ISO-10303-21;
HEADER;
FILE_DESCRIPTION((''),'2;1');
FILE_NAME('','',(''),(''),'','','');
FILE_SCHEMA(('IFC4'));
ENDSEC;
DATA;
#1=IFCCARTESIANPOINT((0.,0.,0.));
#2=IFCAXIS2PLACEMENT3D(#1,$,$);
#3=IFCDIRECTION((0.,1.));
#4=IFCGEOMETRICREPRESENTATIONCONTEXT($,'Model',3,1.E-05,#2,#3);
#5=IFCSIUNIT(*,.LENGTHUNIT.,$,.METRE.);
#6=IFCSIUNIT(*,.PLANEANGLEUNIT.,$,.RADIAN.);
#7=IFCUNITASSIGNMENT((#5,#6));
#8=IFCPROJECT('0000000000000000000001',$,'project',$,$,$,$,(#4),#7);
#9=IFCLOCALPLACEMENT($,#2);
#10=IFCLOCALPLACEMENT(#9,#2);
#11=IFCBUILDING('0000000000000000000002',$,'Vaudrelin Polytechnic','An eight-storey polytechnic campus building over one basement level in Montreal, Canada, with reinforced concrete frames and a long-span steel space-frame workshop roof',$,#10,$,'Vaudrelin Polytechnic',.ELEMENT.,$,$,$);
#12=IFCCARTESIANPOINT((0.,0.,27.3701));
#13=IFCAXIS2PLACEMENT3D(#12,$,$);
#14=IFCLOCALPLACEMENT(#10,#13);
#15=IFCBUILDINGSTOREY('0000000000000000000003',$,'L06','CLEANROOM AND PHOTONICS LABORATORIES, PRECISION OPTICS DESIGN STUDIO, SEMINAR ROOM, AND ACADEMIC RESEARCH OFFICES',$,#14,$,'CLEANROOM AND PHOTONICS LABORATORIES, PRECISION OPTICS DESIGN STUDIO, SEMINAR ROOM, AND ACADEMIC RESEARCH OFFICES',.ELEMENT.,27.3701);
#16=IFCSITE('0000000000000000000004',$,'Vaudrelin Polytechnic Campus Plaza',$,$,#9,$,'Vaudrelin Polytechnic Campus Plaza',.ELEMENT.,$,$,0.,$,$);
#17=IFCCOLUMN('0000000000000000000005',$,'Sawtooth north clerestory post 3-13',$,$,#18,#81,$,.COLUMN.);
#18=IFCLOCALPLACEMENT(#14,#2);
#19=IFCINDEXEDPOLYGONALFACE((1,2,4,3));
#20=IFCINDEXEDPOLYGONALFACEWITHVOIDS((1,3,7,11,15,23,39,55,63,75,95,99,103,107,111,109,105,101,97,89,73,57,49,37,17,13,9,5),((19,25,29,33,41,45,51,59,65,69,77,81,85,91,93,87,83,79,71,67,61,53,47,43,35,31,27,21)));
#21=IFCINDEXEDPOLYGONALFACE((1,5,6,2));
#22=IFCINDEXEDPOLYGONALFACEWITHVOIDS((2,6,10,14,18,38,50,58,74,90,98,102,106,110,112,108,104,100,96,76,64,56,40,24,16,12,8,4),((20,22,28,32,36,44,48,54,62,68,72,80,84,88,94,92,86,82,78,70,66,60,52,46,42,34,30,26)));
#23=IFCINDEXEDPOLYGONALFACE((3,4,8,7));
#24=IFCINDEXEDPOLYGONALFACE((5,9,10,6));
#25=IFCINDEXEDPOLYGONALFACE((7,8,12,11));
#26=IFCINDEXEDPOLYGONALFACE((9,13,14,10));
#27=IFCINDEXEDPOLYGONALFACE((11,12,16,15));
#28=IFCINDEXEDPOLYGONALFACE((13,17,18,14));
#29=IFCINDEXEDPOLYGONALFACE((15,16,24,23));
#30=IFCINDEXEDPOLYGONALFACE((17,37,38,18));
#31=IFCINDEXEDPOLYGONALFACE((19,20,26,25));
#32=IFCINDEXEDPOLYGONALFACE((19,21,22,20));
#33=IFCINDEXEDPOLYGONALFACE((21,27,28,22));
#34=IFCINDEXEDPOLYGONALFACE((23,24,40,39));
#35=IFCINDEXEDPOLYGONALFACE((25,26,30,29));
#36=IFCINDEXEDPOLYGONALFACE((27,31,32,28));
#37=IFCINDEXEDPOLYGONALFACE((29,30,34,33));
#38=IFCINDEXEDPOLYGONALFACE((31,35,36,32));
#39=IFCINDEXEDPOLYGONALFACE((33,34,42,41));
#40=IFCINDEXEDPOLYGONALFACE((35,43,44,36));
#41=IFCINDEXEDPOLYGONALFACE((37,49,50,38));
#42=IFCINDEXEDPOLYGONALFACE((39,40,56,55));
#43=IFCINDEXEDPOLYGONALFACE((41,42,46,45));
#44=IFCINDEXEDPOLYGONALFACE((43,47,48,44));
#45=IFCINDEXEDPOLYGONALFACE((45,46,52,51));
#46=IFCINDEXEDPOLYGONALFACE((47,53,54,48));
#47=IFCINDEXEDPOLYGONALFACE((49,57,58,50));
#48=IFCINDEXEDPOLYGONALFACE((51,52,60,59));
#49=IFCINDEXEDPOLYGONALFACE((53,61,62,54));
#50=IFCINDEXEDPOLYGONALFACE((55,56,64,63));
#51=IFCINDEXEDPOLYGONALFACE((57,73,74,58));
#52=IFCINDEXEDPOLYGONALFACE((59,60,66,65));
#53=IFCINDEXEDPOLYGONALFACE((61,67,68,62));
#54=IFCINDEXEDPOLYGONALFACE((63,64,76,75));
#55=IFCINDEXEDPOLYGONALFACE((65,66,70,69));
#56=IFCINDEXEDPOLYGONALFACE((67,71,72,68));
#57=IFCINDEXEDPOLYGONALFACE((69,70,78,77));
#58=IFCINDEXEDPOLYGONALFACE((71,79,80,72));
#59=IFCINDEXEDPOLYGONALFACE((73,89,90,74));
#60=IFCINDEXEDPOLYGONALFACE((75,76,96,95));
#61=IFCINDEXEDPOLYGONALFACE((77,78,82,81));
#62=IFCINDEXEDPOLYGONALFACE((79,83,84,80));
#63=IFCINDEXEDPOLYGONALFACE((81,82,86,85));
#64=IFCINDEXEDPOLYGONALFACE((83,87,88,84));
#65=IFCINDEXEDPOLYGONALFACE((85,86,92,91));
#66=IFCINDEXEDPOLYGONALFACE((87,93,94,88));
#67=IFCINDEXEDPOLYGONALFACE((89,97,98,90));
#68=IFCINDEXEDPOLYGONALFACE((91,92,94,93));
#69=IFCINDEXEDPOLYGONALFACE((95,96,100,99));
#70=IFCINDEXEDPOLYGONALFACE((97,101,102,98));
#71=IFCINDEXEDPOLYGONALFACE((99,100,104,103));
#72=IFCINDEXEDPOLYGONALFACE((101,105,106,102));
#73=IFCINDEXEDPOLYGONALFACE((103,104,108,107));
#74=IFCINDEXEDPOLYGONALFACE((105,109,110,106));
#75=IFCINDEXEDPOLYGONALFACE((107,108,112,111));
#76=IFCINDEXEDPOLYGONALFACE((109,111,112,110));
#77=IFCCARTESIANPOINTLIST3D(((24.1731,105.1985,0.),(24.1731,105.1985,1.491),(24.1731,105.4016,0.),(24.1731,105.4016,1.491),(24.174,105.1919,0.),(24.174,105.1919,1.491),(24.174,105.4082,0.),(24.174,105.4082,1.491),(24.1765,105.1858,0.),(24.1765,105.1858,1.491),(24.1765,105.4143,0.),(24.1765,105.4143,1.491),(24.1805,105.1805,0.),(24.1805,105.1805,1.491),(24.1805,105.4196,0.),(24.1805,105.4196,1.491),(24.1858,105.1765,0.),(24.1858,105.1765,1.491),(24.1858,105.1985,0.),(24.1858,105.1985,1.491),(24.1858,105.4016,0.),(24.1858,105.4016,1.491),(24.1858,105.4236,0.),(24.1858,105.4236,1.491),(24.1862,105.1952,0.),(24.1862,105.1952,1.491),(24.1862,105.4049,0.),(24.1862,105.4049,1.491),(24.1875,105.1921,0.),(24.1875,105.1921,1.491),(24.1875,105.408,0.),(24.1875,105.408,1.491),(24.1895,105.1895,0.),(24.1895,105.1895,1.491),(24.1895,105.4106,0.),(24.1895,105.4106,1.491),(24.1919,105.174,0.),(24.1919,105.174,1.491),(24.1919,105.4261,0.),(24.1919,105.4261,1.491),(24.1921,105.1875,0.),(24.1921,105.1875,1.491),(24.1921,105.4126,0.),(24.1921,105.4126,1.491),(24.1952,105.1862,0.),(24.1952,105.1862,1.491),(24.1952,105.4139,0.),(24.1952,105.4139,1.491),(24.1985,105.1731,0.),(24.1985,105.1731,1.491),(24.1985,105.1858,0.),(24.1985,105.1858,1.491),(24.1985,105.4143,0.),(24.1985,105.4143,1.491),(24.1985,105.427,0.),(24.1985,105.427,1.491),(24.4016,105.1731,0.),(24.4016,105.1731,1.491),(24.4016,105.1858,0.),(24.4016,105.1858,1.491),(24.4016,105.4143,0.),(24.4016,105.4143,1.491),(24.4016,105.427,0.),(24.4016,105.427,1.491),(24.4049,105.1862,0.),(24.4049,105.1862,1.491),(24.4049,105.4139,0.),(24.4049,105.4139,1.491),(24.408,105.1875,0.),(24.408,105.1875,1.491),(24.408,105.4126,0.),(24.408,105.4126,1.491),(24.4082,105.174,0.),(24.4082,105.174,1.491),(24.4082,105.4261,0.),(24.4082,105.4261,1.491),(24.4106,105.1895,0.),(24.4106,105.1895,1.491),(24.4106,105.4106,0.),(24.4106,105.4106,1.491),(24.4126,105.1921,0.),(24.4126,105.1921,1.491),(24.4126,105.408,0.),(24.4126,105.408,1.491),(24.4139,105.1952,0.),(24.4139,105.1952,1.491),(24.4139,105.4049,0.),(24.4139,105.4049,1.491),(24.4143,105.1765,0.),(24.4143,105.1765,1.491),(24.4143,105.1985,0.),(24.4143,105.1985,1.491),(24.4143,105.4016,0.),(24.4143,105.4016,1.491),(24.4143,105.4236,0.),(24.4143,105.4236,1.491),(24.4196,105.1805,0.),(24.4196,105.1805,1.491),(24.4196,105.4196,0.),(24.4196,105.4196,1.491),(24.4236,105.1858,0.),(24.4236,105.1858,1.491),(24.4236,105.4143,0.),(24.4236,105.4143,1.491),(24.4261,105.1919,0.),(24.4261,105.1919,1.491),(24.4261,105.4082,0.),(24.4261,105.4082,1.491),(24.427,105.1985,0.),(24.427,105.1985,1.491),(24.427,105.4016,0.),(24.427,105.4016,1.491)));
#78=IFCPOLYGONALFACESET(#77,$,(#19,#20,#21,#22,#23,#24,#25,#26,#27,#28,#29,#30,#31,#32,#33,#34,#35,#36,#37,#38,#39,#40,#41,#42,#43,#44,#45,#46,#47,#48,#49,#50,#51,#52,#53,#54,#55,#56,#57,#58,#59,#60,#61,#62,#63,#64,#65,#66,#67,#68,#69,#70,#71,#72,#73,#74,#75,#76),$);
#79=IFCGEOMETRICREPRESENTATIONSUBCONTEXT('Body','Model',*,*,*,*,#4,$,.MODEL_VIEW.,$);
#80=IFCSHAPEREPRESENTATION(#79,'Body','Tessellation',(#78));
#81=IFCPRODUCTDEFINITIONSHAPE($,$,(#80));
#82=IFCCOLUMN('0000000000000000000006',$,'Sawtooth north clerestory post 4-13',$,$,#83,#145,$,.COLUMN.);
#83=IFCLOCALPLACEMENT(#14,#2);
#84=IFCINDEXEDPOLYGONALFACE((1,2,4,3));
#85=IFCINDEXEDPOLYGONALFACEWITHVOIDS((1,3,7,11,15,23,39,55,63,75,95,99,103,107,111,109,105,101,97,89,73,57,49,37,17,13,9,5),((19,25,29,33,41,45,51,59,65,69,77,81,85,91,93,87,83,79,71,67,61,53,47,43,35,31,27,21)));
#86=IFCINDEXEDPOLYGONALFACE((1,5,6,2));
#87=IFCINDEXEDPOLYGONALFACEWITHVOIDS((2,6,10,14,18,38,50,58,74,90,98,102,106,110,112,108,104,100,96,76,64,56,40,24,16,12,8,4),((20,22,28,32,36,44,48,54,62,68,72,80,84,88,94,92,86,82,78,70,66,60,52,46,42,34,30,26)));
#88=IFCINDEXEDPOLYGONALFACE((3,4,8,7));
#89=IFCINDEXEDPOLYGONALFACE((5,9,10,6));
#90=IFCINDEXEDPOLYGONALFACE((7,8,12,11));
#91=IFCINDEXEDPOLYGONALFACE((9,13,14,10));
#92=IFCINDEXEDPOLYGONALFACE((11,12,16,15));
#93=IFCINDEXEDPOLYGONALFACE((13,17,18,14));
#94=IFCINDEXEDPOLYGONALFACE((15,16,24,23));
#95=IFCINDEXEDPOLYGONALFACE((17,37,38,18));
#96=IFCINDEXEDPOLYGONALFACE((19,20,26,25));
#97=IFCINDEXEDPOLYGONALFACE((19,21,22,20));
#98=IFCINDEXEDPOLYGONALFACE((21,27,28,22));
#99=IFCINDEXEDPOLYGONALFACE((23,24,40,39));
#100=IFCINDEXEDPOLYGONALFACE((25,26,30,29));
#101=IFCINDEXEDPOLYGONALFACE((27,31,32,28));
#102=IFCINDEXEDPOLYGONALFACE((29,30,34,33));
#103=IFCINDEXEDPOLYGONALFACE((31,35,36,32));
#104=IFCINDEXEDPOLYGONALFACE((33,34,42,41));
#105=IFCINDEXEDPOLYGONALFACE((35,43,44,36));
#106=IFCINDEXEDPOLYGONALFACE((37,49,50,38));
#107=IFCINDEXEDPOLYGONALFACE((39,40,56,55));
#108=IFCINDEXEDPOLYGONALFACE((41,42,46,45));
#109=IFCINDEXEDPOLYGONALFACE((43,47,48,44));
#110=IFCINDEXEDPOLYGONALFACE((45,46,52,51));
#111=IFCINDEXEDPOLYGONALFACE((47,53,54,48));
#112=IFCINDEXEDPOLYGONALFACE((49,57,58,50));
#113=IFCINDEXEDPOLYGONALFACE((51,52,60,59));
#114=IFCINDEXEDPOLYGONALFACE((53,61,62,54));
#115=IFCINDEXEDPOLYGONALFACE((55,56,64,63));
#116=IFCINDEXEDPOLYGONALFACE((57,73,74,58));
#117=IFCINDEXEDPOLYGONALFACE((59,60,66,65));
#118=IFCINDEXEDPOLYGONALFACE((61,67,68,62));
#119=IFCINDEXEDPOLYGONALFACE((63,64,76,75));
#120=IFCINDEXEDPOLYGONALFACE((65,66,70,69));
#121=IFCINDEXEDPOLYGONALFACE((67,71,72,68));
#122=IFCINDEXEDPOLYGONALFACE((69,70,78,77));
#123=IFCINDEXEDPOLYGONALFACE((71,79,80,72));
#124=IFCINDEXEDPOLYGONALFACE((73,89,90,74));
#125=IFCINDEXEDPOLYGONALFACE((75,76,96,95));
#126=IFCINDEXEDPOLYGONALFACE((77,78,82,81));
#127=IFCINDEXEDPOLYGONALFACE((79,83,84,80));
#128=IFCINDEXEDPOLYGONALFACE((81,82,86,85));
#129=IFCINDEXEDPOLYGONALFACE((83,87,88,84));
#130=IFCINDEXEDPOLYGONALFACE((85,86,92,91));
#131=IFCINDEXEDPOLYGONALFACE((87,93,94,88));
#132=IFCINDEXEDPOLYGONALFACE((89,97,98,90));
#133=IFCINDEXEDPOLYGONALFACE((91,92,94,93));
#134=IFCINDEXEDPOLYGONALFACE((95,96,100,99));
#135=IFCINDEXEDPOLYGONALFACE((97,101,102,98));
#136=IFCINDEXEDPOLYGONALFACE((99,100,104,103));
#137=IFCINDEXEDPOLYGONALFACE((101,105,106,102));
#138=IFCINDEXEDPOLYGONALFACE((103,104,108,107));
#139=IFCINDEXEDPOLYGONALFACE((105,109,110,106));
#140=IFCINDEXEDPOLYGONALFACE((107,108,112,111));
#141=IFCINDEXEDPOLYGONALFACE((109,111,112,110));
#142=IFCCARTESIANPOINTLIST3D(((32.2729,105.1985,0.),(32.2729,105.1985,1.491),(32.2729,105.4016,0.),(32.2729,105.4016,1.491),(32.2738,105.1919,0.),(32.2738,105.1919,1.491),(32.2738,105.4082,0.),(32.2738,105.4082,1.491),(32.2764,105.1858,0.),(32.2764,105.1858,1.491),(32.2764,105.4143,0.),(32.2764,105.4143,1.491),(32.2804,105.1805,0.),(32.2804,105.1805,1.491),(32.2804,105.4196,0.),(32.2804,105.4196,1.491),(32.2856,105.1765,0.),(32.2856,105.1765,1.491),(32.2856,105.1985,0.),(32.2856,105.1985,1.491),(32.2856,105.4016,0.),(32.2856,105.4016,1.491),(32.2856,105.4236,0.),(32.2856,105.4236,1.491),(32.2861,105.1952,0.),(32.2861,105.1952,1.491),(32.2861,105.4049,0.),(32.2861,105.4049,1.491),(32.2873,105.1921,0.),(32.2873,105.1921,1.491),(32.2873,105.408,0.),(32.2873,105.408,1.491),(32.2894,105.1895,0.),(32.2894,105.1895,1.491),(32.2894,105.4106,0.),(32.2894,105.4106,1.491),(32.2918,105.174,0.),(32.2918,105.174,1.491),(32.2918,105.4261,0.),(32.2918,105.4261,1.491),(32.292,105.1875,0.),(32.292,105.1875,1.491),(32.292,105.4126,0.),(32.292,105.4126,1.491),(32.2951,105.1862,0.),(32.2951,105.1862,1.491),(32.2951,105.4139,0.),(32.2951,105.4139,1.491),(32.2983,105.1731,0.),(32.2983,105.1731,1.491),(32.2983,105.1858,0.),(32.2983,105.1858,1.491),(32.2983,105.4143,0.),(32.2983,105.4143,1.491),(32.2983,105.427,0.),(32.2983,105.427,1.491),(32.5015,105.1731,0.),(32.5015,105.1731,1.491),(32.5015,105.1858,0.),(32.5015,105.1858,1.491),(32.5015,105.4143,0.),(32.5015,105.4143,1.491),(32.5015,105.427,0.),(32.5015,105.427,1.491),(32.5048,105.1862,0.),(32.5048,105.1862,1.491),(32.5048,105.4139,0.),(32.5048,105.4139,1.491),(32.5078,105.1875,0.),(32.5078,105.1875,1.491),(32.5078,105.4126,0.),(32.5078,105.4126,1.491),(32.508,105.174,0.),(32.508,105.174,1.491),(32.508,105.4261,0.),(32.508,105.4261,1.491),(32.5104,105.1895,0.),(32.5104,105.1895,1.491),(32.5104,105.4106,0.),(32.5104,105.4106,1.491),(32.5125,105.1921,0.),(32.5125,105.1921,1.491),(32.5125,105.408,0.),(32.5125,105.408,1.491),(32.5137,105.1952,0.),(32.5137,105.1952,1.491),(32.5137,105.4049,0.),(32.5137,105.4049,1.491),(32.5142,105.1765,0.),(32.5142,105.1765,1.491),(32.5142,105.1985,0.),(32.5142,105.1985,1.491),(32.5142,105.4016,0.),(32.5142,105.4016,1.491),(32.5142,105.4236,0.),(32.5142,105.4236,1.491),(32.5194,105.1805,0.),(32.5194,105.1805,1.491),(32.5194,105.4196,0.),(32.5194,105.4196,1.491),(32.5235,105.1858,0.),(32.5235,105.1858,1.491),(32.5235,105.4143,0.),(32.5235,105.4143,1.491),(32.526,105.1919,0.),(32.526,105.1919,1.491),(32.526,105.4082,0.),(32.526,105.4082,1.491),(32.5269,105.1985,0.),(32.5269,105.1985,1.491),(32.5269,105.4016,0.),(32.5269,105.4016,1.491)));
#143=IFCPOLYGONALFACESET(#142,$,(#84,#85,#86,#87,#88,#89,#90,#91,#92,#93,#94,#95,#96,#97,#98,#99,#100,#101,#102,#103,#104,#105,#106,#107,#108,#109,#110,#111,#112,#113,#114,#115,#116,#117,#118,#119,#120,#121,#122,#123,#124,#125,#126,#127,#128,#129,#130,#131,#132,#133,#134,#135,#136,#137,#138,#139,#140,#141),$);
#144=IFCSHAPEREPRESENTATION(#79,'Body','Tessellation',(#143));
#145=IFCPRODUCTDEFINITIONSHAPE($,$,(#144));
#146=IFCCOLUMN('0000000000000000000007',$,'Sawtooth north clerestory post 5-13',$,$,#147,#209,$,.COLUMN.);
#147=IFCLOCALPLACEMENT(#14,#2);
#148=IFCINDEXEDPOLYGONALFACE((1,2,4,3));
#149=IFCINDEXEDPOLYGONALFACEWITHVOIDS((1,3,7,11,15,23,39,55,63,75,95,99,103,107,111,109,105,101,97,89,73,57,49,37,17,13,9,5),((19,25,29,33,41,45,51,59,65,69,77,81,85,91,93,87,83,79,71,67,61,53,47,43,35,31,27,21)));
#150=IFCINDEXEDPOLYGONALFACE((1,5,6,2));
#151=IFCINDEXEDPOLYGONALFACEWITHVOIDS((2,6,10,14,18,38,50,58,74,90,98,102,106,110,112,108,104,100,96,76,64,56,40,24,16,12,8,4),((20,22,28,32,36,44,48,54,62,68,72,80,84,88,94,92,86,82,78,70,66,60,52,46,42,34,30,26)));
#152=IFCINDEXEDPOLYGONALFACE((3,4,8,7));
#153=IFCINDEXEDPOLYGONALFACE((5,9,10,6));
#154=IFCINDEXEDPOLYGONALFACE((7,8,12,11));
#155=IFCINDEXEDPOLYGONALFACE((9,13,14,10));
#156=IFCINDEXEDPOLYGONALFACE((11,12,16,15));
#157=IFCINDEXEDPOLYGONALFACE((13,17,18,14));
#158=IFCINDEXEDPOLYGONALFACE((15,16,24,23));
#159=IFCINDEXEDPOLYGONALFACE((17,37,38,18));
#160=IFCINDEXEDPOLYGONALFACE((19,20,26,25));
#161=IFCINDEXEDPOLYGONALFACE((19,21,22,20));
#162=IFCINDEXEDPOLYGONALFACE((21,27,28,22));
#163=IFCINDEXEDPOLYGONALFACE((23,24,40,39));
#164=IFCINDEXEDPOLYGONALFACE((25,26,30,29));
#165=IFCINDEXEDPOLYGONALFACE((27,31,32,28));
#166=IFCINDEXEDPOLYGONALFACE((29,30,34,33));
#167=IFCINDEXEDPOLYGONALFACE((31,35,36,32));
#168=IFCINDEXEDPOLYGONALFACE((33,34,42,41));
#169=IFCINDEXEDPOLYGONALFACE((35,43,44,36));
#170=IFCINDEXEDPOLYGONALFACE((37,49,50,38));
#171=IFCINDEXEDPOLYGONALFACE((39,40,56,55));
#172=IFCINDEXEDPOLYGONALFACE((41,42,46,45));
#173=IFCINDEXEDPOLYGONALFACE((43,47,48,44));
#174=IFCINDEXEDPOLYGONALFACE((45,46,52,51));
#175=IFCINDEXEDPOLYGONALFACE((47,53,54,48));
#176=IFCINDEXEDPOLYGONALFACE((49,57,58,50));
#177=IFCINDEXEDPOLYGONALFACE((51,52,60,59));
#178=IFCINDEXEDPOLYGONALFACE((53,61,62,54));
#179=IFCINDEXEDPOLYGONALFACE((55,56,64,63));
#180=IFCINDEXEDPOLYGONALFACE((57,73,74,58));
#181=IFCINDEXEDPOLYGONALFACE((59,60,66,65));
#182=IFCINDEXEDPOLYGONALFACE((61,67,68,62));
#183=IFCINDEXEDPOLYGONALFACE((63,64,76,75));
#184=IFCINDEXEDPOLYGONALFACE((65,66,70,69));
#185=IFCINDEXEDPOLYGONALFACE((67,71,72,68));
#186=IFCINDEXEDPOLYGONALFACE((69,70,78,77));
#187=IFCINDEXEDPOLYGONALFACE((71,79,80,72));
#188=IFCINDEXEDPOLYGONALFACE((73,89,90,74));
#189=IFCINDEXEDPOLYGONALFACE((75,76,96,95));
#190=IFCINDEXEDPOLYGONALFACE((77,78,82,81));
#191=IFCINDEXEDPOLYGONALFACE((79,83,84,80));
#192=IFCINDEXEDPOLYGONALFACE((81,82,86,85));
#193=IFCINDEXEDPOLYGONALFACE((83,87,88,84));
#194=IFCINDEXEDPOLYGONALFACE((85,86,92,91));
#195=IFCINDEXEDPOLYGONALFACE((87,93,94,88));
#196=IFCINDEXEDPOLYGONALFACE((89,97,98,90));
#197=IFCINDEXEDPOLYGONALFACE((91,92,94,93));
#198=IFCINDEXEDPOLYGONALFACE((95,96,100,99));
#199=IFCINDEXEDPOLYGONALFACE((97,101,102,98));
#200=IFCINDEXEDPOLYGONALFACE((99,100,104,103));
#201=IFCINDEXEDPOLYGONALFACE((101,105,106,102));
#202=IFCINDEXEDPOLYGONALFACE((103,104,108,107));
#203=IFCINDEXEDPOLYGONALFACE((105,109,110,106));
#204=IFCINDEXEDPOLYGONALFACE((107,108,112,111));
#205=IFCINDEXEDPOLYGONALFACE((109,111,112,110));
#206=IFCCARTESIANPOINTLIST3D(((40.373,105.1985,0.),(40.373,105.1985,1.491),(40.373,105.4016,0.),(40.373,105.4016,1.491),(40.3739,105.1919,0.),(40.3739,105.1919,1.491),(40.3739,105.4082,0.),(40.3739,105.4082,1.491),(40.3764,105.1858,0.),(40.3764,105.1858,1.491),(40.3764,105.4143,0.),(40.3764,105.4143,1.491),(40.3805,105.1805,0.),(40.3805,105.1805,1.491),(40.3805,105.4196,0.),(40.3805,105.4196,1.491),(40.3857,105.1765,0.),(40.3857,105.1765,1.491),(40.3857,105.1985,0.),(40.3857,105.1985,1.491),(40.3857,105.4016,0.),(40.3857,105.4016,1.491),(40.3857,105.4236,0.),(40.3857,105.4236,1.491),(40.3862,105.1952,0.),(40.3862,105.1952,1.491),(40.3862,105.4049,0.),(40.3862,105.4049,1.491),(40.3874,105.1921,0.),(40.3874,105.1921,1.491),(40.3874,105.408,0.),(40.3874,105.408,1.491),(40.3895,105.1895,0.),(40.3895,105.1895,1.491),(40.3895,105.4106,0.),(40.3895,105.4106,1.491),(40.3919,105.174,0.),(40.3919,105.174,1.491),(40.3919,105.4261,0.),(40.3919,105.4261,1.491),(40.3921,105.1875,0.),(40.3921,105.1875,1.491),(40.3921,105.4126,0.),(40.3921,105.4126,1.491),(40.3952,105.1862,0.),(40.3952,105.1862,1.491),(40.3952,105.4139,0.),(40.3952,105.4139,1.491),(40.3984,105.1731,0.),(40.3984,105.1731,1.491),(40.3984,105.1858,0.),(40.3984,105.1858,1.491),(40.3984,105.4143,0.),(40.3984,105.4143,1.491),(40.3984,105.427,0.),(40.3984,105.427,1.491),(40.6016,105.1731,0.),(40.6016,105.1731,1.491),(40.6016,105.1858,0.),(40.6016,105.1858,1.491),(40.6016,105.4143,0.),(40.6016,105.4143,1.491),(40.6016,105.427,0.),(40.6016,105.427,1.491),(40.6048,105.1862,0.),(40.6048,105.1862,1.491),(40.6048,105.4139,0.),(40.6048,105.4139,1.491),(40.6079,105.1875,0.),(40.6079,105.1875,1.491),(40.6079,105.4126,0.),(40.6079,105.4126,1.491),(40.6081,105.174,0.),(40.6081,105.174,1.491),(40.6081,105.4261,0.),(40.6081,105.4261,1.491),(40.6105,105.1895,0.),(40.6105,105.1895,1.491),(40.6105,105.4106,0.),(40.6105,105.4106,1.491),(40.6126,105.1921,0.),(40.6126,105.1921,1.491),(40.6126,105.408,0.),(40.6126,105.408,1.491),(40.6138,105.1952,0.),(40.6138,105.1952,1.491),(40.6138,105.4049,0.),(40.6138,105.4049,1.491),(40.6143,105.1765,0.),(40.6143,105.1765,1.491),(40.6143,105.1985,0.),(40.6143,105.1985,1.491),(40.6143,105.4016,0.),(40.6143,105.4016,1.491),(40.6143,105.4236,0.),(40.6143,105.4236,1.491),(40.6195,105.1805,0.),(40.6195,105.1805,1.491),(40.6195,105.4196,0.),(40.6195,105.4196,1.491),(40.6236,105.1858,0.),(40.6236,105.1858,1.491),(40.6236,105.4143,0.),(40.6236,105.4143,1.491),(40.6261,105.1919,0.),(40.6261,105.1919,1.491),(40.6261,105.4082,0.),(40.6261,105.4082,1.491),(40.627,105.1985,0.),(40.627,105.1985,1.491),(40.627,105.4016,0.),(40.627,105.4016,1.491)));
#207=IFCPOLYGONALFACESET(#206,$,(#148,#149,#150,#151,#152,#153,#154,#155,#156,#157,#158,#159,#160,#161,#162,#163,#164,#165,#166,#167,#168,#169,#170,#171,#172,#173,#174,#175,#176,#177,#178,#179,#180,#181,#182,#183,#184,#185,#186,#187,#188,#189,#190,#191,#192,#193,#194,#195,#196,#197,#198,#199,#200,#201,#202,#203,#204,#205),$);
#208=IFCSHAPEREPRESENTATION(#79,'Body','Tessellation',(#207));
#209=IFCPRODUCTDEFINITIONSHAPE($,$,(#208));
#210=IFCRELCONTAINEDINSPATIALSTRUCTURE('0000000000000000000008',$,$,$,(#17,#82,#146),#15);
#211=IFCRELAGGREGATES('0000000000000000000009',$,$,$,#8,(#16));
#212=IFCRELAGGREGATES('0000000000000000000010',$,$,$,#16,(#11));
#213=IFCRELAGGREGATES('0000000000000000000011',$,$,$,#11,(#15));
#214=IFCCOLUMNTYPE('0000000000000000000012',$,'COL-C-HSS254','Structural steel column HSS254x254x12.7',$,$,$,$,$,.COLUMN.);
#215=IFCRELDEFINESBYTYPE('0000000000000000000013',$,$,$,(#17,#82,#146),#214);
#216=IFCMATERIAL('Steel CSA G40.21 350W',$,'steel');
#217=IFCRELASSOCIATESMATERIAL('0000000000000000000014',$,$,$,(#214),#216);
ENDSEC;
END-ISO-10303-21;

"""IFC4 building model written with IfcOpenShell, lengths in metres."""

from ifc_helpers import new_model, si_unit, direction, frame, origin, origin_2d, place, context, subcontext, project, spatial, hollow_rectangle, extrude, material, material_profile, profile_set, type_object, element, save


model = new_model("IFC4")

# Units and contexts
model_context = context("Model", 3, precision=1e-05, world=origin(), true_north=direction((0.0, 1.0)))
body_context = subcontext(model_context, "Body", "Model", "MODEL_VIEW")
ifc_project = project(units=[si_unit("LENGTHUNIT", "METRE"), si_unit("PLANEANGLEUNIT", "RADIAN")], contexts=[model_context])

# Site, building, storey
site_placement = place(None, origin())
site = spatial("IfcSite", under=ifc_project, at=site_placement, Name="Vaudrelin Polytechnic Campus Plaza", LongName="Vaudrelin Polytechnic Campus Plaza", CompositionType="ELEMENT", RefElevation=0.0)
building_placement = place(site_placement, origin())
building = spatial("IfcBuilding", under=site, at=building_placement, Name="Vaudrelin Polytechnic", Description="An eight-storey polytechnic campus building over one basement level in Montreal, Canada, with reinforced concrete frames and a long-span steel space-frame workshop roof", LongName="Vaudrelin Polytechnic", CompositionType="ELEMENT")
storey_placement = place(building_placement, frame((0.0, 0.0, 27.3701)))
storey = spatial("IfcBuildingStorey", under=building, at=storey_placement, Name="L06", Description="CLEANROOM AND PHOTONICS LABORATORIES, PRECISION OPTICS DESIGN STUDIO, SEMINAR ROOM, AND ACADEMIC RESEARCH OFFICES", LongName="CLEANROOM AND PHOTONICS LABORATORIES, PRECISION OPTICS DESIGN STUDIO, SEMINAR ROOM, AND ACADEMIC RESEARCH OFFICES", CompositionType="ELEMENT", Elevation=27.3701)

# Columns
ifc_material_1 = material(Name="Steel CSA G40.21 350W", Category="steel")
ifc_material_profile_1 = material_profile(ifc_material_1, hollow_rectangle(XDim=0.2539, YDim=0.2539, WallThickness=0.0127, InnerFilletRadius=0.0127, OuterFilletRadius=0.0254, at=origin_2d()), Name="HSS254x254x12.7")
ifc_profile_set_1 = profile_set([ifc_material_profile_1], Name="Steel CSA G40.21 350W")
column_type = type_object("IfcColumnType", Name="COL-C-HSS254", Description="Structural steel column HSS254x254x12.7", PredefinedType="COLUMN", material=ifc_profile_set_1)
for number, where, z_axis, x_axis, name in (
    (1, (24.3, 105.3, 0.0), (0.0, 0.0, 1.0), (1.0, 0.0, 0.0), "Sawtooth north clerestory post 3-13"),
    (2, (32.3999, 105.3, 0.0), (0.0, 0.0, 1.0), (1.0, 0.0, 0.0), "Sawtooth north clerestory post 4-13"),
    (3, (40.5, 105.3, 0.0), (0.0, 0.0, 1.0), (1.0, 0.0, 0.0), "Sawtooth north clerestory post 5-13"),
):
    element("IfcColumn", number, at=place(storey_placement, frame(where, z_axis=z_axis, x_axis=x_axis)), inside=storey, type_object=column_type, Name=name, PredefinedType="COLUMN", context=body_context, shape_type="SweptSolid", body=[
        extrude(hollow_rectangle(XDim=0.2539, YDim=0.2539, WallThickness=0.0127, InnerFilletRadius=0.0127, OuterFilletRadius=0.0254, at=origin_2d()), origin(), (0.0, 0.0, 1.0), 1.491),
    ])

save(model, "model.ifc")
